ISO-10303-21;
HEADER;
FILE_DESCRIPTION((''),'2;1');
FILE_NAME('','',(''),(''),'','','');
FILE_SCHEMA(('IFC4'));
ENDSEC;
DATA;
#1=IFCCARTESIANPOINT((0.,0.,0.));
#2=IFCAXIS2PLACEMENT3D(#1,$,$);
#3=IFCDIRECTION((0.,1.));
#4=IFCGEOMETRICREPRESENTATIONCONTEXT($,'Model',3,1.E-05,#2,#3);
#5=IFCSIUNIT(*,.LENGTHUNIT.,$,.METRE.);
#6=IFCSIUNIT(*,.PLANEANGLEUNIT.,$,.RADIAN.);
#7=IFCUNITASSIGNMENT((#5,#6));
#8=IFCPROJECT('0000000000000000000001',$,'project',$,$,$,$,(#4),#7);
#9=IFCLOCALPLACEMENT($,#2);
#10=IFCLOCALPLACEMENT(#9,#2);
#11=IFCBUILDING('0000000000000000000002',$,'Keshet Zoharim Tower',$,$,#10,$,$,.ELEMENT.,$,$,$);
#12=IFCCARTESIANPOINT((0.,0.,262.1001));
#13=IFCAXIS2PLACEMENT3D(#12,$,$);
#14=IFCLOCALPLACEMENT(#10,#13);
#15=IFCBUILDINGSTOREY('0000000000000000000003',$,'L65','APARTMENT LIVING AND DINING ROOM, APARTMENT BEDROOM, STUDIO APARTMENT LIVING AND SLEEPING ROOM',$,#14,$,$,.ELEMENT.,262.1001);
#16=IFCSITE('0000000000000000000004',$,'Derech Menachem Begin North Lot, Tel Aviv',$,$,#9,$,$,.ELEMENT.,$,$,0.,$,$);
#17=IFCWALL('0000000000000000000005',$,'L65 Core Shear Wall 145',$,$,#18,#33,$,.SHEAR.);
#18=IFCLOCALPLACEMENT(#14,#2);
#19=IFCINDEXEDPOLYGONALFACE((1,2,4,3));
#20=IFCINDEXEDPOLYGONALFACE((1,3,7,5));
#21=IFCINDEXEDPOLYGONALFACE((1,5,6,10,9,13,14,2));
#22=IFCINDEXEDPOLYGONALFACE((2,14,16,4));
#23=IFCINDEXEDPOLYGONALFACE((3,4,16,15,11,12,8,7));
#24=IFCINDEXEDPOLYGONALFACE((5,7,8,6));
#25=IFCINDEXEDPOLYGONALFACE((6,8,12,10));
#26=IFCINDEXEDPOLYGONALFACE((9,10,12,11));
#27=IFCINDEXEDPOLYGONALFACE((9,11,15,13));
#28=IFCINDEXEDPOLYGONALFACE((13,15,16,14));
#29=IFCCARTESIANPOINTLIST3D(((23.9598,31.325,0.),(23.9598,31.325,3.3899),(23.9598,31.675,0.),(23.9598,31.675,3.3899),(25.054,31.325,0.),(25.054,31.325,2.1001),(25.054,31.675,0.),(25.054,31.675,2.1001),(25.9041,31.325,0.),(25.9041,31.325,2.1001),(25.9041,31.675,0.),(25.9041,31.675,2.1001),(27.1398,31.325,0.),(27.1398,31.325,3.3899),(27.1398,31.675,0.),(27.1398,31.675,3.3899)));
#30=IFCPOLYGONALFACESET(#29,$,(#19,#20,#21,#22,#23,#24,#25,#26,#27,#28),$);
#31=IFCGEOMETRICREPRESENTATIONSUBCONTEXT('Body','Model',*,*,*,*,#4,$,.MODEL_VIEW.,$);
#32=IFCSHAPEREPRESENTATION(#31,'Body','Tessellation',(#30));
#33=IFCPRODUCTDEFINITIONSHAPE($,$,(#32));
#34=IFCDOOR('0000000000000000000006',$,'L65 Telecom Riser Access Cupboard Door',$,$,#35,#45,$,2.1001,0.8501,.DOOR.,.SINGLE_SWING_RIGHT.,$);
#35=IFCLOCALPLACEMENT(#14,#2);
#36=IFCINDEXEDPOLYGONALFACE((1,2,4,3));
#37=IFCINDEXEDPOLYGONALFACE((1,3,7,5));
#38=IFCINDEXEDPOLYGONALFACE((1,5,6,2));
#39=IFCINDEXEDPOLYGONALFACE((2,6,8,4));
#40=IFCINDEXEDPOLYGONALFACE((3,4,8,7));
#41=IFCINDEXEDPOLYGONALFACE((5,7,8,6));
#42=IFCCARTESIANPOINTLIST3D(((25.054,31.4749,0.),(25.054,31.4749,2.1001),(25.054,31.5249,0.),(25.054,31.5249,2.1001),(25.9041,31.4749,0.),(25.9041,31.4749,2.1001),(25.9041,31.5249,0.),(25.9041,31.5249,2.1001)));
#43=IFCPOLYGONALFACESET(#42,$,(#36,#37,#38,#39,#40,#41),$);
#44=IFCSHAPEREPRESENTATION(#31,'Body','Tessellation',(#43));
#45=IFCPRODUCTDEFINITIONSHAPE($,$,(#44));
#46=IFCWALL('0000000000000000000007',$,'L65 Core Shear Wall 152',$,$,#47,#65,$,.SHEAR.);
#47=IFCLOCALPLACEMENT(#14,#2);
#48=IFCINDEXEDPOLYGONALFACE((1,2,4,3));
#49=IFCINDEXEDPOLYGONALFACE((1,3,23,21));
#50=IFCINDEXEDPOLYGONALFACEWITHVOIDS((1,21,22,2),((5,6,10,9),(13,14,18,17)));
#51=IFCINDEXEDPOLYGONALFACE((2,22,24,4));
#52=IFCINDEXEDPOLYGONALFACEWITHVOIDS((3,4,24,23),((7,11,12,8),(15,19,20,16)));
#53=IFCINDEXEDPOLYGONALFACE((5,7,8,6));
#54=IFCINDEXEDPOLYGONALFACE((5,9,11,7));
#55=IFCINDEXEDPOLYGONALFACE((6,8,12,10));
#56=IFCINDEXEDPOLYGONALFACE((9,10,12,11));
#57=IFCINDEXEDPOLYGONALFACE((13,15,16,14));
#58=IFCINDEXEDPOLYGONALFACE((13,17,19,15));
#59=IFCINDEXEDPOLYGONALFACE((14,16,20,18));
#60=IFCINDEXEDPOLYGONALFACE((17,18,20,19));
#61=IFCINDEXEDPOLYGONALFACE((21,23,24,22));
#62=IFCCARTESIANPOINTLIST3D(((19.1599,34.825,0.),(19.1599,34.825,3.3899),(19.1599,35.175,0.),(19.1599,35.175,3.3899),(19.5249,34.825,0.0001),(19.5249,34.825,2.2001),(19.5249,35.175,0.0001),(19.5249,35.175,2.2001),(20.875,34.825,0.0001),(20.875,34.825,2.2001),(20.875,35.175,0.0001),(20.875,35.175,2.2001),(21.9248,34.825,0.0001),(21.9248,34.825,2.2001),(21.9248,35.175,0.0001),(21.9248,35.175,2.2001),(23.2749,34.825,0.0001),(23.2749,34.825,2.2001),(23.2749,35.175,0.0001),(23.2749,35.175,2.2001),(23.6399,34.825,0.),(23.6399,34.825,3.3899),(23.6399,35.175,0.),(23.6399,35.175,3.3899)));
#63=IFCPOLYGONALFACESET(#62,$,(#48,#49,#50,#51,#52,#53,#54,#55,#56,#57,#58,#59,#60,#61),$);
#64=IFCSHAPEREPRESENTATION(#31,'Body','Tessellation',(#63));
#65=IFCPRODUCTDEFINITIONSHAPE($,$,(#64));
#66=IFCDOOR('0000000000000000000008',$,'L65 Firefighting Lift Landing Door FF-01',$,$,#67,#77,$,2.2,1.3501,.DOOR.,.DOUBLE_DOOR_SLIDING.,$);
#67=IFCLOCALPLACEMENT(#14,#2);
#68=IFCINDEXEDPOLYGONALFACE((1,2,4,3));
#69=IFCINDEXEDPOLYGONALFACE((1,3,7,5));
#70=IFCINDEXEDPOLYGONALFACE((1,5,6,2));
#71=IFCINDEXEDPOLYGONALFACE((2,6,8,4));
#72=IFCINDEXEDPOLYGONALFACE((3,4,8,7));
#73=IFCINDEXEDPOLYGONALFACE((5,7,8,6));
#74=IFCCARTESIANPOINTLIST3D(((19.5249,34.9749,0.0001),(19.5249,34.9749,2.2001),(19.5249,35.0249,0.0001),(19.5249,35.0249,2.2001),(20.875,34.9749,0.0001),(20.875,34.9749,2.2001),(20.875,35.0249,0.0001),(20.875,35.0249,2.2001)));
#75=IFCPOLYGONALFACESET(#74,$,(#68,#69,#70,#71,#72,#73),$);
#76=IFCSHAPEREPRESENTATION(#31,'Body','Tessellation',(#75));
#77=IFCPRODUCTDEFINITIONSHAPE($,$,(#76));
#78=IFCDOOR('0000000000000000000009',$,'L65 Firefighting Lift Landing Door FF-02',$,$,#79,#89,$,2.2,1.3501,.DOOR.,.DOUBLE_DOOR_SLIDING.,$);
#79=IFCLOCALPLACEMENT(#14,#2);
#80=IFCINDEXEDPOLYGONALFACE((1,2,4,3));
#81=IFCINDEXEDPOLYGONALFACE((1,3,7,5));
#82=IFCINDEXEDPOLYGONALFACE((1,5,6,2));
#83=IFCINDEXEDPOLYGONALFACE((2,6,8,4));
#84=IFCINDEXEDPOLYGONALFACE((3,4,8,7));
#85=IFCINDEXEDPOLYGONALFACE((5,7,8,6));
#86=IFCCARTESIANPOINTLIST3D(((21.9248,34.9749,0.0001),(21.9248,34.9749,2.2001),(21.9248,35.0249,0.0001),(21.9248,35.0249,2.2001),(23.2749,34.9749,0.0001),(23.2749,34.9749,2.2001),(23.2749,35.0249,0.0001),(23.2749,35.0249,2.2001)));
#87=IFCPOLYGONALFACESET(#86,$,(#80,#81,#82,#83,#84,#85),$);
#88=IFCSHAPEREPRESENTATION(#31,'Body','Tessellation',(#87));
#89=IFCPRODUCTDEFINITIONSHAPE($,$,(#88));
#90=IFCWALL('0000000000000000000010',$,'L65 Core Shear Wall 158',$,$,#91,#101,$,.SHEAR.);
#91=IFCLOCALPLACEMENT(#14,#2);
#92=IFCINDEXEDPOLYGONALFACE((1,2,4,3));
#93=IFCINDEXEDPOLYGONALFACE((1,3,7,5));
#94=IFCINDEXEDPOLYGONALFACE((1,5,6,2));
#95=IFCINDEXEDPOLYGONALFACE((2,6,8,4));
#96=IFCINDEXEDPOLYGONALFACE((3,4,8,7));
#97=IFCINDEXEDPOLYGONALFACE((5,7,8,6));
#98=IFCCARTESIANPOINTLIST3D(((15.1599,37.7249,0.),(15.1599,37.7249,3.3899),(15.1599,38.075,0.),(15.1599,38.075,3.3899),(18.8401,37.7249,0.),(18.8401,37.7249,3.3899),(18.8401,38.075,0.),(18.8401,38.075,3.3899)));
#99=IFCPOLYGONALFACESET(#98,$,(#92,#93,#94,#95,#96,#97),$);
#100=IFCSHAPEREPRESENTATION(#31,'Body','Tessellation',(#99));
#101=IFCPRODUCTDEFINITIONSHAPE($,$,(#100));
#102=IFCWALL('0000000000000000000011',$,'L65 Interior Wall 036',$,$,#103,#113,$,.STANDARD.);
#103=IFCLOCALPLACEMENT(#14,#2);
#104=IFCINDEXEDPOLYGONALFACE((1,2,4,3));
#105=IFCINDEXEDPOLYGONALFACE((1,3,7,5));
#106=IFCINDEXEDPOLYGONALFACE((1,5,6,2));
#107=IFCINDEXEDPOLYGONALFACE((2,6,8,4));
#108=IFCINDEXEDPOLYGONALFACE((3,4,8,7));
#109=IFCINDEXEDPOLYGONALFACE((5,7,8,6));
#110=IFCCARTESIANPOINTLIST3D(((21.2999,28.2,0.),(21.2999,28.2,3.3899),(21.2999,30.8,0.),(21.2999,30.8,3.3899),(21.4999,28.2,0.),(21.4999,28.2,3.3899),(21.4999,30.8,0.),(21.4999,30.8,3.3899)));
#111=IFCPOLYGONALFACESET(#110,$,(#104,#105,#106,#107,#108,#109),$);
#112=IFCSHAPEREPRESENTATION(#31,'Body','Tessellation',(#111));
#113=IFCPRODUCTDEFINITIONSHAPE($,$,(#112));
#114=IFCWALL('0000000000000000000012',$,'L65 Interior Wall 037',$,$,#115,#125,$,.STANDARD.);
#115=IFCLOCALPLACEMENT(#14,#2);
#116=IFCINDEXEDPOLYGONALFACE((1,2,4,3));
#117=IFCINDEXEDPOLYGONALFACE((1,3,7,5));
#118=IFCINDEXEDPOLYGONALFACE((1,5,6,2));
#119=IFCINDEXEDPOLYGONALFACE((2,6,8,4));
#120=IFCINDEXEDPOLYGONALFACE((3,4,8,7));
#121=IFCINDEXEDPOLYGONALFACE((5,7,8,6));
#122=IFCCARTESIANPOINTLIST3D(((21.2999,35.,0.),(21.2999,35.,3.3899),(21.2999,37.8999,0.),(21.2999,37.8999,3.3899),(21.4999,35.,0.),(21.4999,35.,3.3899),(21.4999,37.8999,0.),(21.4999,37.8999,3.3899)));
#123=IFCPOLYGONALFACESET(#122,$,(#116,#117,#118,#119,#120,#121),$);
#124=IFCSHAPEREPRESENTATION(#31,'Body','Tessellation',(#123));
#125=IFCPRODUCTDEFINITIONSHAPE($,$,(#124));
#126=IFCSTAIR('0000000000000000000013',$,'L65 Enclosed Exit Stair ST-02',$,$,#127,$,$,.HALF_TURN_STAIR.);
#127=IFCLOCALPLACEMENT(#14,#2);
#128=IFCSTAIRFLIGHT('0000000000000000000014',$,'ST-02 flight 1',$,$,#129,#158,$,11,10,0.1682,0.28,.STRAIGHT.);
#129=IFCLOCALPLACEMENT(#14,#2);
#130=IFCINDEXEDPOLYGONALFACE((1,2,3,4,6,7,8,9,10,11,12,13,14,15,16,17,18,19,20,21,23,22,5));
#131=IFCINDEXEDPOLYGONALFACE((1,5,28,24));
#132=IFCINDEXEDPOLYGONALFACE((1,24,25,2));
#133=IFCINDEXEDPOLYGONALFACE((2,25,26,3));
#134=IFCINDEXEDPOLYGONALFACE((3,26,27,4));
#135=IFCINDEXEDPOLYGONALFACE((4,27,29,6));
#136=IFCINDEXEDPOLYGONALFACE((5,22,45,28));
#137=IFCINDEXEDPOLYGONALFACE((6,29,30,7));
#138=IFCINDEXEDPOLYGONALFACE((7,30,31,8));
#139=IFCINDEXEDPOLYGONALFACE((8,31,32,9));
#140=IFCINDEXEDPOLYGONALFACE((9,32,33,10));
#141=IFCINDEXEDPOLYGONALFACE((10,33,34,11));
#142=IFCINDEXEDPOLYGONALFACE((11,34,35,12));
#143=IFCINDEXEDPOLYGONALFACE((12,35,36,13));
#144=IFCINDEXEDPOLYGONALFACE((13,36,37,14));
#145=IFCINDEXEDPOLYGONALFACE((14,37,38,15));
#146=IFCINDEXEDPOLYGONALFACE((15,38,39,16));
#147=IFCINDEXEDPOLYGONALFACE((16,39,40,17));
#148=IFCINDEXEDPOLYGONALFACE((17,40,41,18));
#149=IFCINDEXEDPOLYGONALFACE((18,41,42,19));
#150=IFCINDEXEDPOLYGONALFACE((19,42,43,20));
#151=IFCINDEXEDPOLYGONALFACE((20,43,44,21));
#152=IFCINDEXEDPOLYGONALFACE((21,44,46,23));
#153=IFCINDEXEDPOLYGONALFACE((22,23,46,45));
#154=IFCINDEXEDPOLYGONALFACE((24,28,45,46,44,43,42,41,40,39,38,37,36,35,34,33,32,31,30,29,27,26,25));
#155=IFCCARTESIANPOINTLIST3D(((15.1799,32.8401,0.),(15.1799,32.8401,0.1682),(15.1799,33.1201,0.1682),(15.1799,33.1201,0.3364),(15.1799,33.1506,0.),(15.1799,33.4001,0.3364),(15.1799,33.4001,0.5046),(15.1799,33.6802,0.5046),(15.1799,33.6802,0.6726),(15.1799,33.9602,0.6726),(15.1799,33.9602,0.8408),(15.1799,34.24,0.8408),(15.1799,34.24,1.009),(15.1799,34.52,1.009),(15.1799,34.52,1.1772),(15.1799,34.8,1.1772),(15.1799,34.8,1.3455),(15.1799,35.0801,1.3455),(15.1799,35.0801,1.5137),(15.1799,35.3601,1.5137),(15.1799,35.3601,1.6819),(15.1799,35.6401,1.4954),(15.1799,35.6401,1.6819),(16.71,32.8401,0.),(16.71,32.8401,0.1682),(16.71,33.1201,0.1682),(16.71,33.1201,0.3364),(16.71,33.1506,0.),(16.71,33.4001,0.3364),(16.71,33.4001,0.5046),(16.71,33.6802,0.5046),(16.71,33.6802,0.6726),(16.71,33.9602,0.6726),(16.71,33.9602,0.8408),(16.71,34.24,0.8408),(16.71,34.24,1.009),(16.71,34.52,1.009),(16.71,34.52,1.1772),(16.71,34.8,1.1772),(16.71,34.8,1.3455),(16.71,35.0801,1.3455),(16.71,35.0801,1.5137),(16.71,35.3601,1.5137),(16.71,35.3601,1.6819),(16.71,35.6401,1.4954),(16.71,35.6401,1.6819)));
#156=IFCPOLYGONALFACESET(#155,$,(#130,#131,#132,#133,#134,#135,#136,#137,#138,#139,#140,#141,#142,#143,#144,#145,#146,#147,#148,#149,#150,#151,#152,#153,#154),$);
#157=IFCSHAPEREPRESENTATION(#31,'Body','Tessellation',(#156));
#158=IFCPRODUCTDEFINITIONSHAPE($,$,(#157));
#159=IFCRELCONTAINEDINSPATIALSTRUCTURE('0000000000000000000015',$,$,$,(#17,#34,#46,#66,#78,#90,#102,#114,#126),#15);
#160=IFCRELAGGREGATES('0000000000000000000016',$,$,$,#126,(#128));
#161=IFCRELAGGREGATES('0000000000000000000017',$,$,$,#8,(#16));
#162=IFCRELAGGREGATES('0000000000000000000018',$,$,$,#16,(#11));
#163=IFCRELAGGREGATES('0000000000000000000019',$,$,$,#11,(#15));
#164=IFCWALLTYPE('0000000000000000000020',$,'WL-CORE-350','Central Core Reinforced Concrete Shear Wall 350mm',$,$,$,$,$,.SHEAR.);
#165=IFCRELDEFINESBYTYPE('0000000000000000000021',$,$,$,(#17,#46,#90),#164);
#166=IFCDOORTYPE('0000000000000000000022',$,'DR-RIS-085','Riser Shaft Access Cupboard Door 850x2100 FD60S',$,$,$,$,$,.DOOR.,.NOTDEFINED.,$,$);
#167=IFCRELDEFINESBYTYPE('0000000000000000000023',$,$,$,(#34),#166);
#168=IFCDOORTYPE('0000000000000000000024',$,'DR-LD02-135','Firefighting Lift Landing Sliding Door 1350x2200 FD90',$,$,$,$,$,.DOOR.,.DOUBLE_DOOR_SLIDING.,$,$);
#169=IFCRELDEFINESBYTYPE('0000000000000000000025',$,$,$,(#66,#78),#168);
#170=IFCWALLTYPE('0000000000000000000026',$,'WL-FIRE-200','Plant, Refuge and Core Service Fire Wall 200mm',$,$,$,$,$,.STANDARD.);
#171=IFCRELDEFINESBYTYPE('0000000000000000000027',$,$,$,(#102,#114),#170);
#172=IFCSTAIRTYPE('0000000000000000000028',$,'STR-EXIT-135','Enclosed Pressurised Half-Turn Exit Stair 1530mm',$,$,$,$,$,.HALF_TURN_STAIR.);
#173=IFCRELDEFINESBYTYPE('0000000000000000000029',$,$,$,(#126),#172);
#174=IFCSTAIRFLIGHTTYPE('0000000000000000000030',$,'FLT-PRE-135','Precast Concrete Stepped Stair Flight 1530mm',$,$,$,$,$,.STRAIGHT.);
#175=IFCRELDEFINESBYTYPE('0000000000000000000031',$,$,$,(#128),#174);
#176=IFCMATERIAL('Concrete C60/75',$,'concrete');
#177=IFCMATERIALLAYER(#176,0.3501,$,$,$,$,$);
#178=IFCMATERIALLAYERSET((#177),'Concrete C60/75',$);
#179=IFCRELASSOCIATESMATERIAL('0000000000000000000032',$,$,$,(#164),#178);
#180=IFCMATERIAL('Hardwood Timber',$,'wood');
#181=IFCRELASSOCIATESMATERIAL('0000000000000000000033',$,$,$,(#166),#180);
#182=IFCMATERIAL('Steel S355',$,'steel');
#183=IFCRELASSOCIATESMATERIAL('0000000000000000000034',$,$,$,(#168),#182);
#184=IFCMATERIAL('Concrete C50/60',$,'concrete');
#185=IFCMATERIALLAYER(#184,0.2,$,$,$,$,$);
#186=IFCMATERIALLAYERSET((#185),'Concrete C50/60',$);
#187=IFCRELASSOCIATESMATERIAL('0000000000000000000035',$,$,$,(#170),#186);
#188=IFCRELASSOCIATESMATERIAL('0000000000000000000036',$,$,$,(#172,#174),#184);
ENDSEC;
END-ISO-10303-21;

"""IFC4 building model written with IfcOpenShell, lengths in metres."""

from ifc_helpers import new_model, si_unit, direction, frame, frame_2d, origin, place, context, subcontext, project, spatial, polyline, rectangle, outline, extrude, material, layer, layer_set, type_object, element, fill, aggregate, save


model = new_model("IFC4")

# Units and contexts
model_context = context("Model", 3, precision=1e-05, world=origin(), true_north=direction((0.0, 1.0)))
body_context = subcontext(model_context, "Body", "Model", "MODEL_VIEW")
ifc_project = project(units=[si_unit("LENGTHUNIT", "METRE"), si_unit("PLANEANGLEUNIT", "RADIAN")], contexts=[model_context])

# Site, building, storey
site_placement = place(None, origin())
site = spatial("IfcSite", under=ifc_project, at=site_placement, Name="Derech Menachem Begin North Lot, Tel Aviv", CompositionType="ELEMENT", RefElevation=0.0)
building_placement = place(site_placement, origin())
building = spatial("IfcBuilding", under=site, at=building_placement, Name="Keshet Zoharim Tower", CompositionType="ELEMENT")
storey_placement = place(building_placement, frame((0.0, 0.0, 262.1001)))
storey = spatial("IfcBuildingStorey", under=building, at=storey_placement, Name="L65", Description="APARTMENT LIVING AND DINING ROOM, APARTMENT BEDROOM, STUDIO APARTMENT LIVING AND SLEEPING ROOM", CompositionType="ELEMENT", Elevation=262.1001)

# Shared definitions
ifc_material_1 = material(Name="Concrete C60/75", Category="concrete")
ifc_layer_1 = layer(ifc_material_1, 0.3501)
ifc_layer_set_1 = layer_set([ifc_layer_1], Name="Concrete C60/75")
wall_type_1 = type_object("IfcWallType", Name="WL-CORE-350", Description="Central Core Reinforced Concrete Shear Wall 350mm", PredefinedType="SHEAR", material=ifc_layer_set_1)

# Shared definitions
ifc_material_2 = material(Name="Hardwood Timber", Category="wood")

# Shared definitions
ifc_material_3 = material(Name="Steel S355", Category="steel")

# Wall, opening, door
wall_1_placement = place(storey_placement, frame((23.96, 31.5, 0.0), z_axis=(0.0, 0.0, 1.0), x_axis=(1.0, 0.0, 0.0)))
wall_1 = element("IfcWall", 1, at=wall_1_placement, inside=storey, type_object=wall_type_1, Name="L65 Core Shear Wall 145", PredefinedType="SHEAR", context=body_context, shape_type="SweptSolid", body=[
    extrude(rectangle(XDim=3.1799, YDim=0.3501, at=frame_2d((1.5898, 0.0))), origin(), (0.0, 0.0, 1.0), 3.3899),
])
opening_1_placement = place(wall_1_placement, frame((1.094, 0.0, 0.0)))
opening_1 = element("IfcOpeningElement", 2, at=opening_1_placement, cuts=wall_1, PredefinedType="OPENING", context=body_context, shape_type="SweptSolid", body=[
    extrude(rectangle(XDim=0.8501, YDim=2.1001, at=frame_2d((0.425, 1.05))), frame((0.0, 0.1851, 0.0), z_axis=(0.0, -1.0, 0.0), x_axis=(1.0, 0.0, 0.0)), (0.0, 0.0, 1.0), 0.3701),
])
door_type_1 = type_object("IfcDoorType", Name="DR-RIS-085", Description="Riser Shaft Access Cupboard Door 850x2100 FD60S", OperationType="NOTDEFINED", PredefinedType="DOOR", material=ifc_material_2)
door_1_placement = place(opening_1_placement, origin())
door_1 = element("IfcDoor", 3, at=door_1_placement, inside=storey, type_object=door_type_1, Name="L65 Telecom Riser Access Cupboard Door", OperationType="SINGLE_SWING_RIGHT", OverallHeight=2.1001, OverallWidth=0.8501, PredefinedType="DOOR", context=body_context, shape_type="SweptSolid", body=[
    extrude(rectangle(XDim=0.8501, YDim=2.1001, at=frame_2d((0.425, 1.05))), frame((0.0, 0.0249, 0.0), z_axis=(0.0, -1.0, 0.0), x_axis=(1.0, 0.0, 0.0)), (0.0, 0.0, 1.0), 0.05),
])
fill(opening_1, door_1)

# Wall, openings, doors
wall_2_placement = place(storey_placement, frame((19.1599, 35.0, 0.0), z_axis=(0.0, 0.0, 1.0), x_axis=(1.0, 0.0, 0.0)))
wall_2 = element("IfcWall", 4, at=wall_2_placement, inside=storey, type_object=wall_type_1, Name="L65 Core Shear Wall 152", PredefinedType="SHEAR", context=body_context, shape_type="SweptSolid", body=[
    extrude(rectangle(XDim=4.48, YDim=0.3501, at=frame_2d((2.24, 0.0))), origin(), (0.0, 0.0, 1.0), 3.3899),
])
opening_2_placement = place(wall_2_placement, frame((0.365, 0.0, 0.0)))
opening_2 = element("IfcOpeningElement", 5, at=opening_2_placement, cuts=wall_2, PredefinedType="OPENING", context=body_context, shape_type="SweptSolid", body=[
    extrude(rectangle(XDim=1.3501, YDim=2.2, at=frame_2d((0.675, 1.1001))), frame((0.0, 0.1851, 0.0), z_axis=(0.0, -1.0, 0.0), x_axis=(1.0, 0.0, 0.0)), (0.0, 0.0, 1.0), 0.3701),
])
opening_3_placement = place(wall_2_placement, frame((2.7649, 0.0, 0.0)))
opening_3 = element("IfcOpeningElement", 6, at=opening_3_placement, cuts=wall_2, PredefinedType="OPENING", context=body_context, shape_type="SweptSolid", body=[
    extrude(rectangle(XDim=1.3501, YDim=2.2, at=frame_2d((0.675, 1.1001))), frame((0.0, 0.1851, 0.0), z_axis=(0.0, -1.0, 0.0), x_axis=(1.0, 0.0, 0.0)), (0.0, 0.0, 1.0), 0.3701),
])
door_type_2 = type_object("IfcDoorType", Name="DR-LD02-135", Description="Firefighting Lift Landing Sliding Door 1350x2200 FD90", OperationType="DOUBLE_DOOR_SLIDING", PredefinedType="DOOR", material=ifc_material_3)
door_2_placement = place(opening_2_placement, origin())
door_2 = element("IfcDoor", 7, at=door_2_placement, inside=storey, type_object=door_type_2, Name="L65 Firefighting Lift Landing Door FF-01", OperationType="DOUBLE_DOOR_SLIDING", OverallHeight=2.2, OverallWidth=1.3501, PredefinedType="DOOR", context=body_context, shape_type="SweptSolid", body=[
    extrude(rectangle(XDim=1.3501, YDim=2.2, at=frame_2d((0.675, 1.1001))), frame((0.0, 0.0249, 0.0), z_axis=(0.0, -1.0, 0.0), x_axis=(1.0, 0.0, 0.0)), (0.0, 0.0, 1.0), 0.05),
])
fill(opening_2, door_2)
door_3_placement = place(opening_3_placement, origin())
door_3 = element("IfcDoor", 8, at=door_3_placement, inside=storey, type_object=door_type_2, Name="L65 Firefighting Lift Landing Door FF-02", OperationType="DOUBLE_DOOR_SLIDING", OverallHeight=2.2, OverallWidth=1.3501, PredefinedType="DOOR", context=body_context, shape_type="SweptSolid", body=[
    extrude(rectangle(XDim=1.3501, YDim=2.2, at=frame_2d((0.675, 1.1001))), frame((0.0, 0.0249, 0.0), z_axis=(0.0, -1.0, 0.0), x_axis=(1.0, 0.0, 0.0)), (0.0, 0.0, 1.0), 0.05),
])
fill(opening_3, door_3)

# Walls
wall_3_placement = place(storey_placement, frame((15.1599, 37.8999, 0.0), z_axis=(0.0, 0.0, 1.0), x_axis=(1.0, 0.0, 0.0)))
element("IfcWall", 9, at=wall_3_placement, inside=storey, type_object=wall_type_1, Name="L65 Core Shear Wall 158", PredefinedType="SHEAR", context=body_context, shape_type="SweptSolid", body=[
    extrude(rectangle(XDim=3.6802, YDim=0.3501, at=frame_2d((1.8401, 0.0))), origin(), (0.0, 0.0, 1.0), 3.3899),
])
ifc_material_4 = material(Name="Concrete C50/60", Category="concrete")
ifc_layer_2 = layer(ifc_material_4, 0.2)
ifc_layer_set_2 = layer_set([ifc_layer_2], Name="Concrete C50/60")
wall_type_2 = type_object("IfcWallType", Name="WL-FIRE-200", Description="Plant, Refuge and Core Service Fire Wall 200mm", PredefinedType="STANDARD", material=ifc_layer_set_2)
wall_4_placement = place(storey_placement, frame((21.3999, 28.2, 0.0), z_axis=(0.0, 0.0, 1.0), x_axis=(0.0, 1.0, 0.0)))
element("IfcWall", 10, at=wall_4_placement, inside=storey, type_object=wall_type_2, Name="L65 Interior Wall 036", PredefinedType="STANDARD", context=body_context, shape_type="SweptSolid", body=[
    extrude(rectangle(XDim=2.6001, YDim=0.2, at=frame_2d((1.3, 0.0))), origin(), (0.0, 0.0, 1.0), 3.3899),
])
wall_5_placement = place(storey_placement, frame((21.3999, 35.0, 0.0), z_axis=(0.0, 0.0, 1.0), x_axis=(0.0, 1.0, 0.0)))
element("IfcWall", 11, at=wall_5_placement, inside=storey, type_object=wall_type_2, Name="L65 Interior Wall 037", PredefinedType="STANDARD", context=body_context, shape_type="SweptSolid", body=[
    extrude(rectangle(XDim=2.8999, YDim=0.2, at=frame_2d((1.45, 0.0))), origin(), (0.0, 0.0, 1.0), 3.3899),
])

# Stair, stair flight
stair_type = type_object("IfcStairType", Name="STR-EXIT-135", Description="Enclosed Pressurised Half-Turn Exit Stair 1530mm", PredefinedType="HALF_TURN_STAIR", material=ifc_material_4)
stair_placement = place(storey_placement, origin())
stair = element("IfcStair", 12, at=stair_placement, inside=storey, type_object=stair_type, Name="L65 Enclosed Exit Stair ST-02", PredefinedType="HALF_TURN_STAIR")
stair_flight_type = type_object("IfcStairFlightType", Name="FLT-PRE-135", Description="Precast Concrete Stepped Stair Flight 1530mm", PredefinedType="STRAIGHT", material=ifc_material_4)
stair_flight_1_placement = place(storey_placement, frame((15.9451, 32.8401, 0.0), z_axis=(0.0, 0.0, 1.0), x_axis=(0.0, 1.0, 0.0)))
stair_flight_1 = element("IfcStairFlight", 13, at=stair_flight_1_placement, type_object=stair_flight_type, Name="ST-02 flight 1", NumberOfRisers=11, NumberOfTreads=10, PredefinedType="STRAIGHT", RiserHeight=0.1682, TreadLength=0.28, context=body_context, shape_type="SweptSolid", body=[
    extrude(outline(polyline([(0.0, 0.0), (0.0, 0.1682), (0.28, 0.1682), (0.28, 0.3364), (0.5601, 0.3364), (0.5601, 0.5046), (0.8401, 0.5046), (0.8401, 0.6726), (1.1201, 0.6726), (1.1201, 0.8408), (1.3999, 0.8408), (1.3999, 1.009), (1.6799, 1.009), (1.6799, 1.1772), (1.96, 1.1772), (1.96, 1.3455), (2.24, 1.3455), (2.24, 1.5137), (2.52, 1.5137), (2.52, 1.6819), (2.8, 1.6819), (2.8, 1.8501), (2.8, 1.4954), (0.3105, 0.0), (0.0, 0.0)])), frame((0.0, 0.7651, 0.0), z_axis=(0.0, -1.0, 0.0), x_axis=(1.0, 0.0, 0.0)), (0.0, 0.0, 1.0), 1.53),
])
aggregate(stair, [stair_flight_1])

save(model, "model.ifc")
